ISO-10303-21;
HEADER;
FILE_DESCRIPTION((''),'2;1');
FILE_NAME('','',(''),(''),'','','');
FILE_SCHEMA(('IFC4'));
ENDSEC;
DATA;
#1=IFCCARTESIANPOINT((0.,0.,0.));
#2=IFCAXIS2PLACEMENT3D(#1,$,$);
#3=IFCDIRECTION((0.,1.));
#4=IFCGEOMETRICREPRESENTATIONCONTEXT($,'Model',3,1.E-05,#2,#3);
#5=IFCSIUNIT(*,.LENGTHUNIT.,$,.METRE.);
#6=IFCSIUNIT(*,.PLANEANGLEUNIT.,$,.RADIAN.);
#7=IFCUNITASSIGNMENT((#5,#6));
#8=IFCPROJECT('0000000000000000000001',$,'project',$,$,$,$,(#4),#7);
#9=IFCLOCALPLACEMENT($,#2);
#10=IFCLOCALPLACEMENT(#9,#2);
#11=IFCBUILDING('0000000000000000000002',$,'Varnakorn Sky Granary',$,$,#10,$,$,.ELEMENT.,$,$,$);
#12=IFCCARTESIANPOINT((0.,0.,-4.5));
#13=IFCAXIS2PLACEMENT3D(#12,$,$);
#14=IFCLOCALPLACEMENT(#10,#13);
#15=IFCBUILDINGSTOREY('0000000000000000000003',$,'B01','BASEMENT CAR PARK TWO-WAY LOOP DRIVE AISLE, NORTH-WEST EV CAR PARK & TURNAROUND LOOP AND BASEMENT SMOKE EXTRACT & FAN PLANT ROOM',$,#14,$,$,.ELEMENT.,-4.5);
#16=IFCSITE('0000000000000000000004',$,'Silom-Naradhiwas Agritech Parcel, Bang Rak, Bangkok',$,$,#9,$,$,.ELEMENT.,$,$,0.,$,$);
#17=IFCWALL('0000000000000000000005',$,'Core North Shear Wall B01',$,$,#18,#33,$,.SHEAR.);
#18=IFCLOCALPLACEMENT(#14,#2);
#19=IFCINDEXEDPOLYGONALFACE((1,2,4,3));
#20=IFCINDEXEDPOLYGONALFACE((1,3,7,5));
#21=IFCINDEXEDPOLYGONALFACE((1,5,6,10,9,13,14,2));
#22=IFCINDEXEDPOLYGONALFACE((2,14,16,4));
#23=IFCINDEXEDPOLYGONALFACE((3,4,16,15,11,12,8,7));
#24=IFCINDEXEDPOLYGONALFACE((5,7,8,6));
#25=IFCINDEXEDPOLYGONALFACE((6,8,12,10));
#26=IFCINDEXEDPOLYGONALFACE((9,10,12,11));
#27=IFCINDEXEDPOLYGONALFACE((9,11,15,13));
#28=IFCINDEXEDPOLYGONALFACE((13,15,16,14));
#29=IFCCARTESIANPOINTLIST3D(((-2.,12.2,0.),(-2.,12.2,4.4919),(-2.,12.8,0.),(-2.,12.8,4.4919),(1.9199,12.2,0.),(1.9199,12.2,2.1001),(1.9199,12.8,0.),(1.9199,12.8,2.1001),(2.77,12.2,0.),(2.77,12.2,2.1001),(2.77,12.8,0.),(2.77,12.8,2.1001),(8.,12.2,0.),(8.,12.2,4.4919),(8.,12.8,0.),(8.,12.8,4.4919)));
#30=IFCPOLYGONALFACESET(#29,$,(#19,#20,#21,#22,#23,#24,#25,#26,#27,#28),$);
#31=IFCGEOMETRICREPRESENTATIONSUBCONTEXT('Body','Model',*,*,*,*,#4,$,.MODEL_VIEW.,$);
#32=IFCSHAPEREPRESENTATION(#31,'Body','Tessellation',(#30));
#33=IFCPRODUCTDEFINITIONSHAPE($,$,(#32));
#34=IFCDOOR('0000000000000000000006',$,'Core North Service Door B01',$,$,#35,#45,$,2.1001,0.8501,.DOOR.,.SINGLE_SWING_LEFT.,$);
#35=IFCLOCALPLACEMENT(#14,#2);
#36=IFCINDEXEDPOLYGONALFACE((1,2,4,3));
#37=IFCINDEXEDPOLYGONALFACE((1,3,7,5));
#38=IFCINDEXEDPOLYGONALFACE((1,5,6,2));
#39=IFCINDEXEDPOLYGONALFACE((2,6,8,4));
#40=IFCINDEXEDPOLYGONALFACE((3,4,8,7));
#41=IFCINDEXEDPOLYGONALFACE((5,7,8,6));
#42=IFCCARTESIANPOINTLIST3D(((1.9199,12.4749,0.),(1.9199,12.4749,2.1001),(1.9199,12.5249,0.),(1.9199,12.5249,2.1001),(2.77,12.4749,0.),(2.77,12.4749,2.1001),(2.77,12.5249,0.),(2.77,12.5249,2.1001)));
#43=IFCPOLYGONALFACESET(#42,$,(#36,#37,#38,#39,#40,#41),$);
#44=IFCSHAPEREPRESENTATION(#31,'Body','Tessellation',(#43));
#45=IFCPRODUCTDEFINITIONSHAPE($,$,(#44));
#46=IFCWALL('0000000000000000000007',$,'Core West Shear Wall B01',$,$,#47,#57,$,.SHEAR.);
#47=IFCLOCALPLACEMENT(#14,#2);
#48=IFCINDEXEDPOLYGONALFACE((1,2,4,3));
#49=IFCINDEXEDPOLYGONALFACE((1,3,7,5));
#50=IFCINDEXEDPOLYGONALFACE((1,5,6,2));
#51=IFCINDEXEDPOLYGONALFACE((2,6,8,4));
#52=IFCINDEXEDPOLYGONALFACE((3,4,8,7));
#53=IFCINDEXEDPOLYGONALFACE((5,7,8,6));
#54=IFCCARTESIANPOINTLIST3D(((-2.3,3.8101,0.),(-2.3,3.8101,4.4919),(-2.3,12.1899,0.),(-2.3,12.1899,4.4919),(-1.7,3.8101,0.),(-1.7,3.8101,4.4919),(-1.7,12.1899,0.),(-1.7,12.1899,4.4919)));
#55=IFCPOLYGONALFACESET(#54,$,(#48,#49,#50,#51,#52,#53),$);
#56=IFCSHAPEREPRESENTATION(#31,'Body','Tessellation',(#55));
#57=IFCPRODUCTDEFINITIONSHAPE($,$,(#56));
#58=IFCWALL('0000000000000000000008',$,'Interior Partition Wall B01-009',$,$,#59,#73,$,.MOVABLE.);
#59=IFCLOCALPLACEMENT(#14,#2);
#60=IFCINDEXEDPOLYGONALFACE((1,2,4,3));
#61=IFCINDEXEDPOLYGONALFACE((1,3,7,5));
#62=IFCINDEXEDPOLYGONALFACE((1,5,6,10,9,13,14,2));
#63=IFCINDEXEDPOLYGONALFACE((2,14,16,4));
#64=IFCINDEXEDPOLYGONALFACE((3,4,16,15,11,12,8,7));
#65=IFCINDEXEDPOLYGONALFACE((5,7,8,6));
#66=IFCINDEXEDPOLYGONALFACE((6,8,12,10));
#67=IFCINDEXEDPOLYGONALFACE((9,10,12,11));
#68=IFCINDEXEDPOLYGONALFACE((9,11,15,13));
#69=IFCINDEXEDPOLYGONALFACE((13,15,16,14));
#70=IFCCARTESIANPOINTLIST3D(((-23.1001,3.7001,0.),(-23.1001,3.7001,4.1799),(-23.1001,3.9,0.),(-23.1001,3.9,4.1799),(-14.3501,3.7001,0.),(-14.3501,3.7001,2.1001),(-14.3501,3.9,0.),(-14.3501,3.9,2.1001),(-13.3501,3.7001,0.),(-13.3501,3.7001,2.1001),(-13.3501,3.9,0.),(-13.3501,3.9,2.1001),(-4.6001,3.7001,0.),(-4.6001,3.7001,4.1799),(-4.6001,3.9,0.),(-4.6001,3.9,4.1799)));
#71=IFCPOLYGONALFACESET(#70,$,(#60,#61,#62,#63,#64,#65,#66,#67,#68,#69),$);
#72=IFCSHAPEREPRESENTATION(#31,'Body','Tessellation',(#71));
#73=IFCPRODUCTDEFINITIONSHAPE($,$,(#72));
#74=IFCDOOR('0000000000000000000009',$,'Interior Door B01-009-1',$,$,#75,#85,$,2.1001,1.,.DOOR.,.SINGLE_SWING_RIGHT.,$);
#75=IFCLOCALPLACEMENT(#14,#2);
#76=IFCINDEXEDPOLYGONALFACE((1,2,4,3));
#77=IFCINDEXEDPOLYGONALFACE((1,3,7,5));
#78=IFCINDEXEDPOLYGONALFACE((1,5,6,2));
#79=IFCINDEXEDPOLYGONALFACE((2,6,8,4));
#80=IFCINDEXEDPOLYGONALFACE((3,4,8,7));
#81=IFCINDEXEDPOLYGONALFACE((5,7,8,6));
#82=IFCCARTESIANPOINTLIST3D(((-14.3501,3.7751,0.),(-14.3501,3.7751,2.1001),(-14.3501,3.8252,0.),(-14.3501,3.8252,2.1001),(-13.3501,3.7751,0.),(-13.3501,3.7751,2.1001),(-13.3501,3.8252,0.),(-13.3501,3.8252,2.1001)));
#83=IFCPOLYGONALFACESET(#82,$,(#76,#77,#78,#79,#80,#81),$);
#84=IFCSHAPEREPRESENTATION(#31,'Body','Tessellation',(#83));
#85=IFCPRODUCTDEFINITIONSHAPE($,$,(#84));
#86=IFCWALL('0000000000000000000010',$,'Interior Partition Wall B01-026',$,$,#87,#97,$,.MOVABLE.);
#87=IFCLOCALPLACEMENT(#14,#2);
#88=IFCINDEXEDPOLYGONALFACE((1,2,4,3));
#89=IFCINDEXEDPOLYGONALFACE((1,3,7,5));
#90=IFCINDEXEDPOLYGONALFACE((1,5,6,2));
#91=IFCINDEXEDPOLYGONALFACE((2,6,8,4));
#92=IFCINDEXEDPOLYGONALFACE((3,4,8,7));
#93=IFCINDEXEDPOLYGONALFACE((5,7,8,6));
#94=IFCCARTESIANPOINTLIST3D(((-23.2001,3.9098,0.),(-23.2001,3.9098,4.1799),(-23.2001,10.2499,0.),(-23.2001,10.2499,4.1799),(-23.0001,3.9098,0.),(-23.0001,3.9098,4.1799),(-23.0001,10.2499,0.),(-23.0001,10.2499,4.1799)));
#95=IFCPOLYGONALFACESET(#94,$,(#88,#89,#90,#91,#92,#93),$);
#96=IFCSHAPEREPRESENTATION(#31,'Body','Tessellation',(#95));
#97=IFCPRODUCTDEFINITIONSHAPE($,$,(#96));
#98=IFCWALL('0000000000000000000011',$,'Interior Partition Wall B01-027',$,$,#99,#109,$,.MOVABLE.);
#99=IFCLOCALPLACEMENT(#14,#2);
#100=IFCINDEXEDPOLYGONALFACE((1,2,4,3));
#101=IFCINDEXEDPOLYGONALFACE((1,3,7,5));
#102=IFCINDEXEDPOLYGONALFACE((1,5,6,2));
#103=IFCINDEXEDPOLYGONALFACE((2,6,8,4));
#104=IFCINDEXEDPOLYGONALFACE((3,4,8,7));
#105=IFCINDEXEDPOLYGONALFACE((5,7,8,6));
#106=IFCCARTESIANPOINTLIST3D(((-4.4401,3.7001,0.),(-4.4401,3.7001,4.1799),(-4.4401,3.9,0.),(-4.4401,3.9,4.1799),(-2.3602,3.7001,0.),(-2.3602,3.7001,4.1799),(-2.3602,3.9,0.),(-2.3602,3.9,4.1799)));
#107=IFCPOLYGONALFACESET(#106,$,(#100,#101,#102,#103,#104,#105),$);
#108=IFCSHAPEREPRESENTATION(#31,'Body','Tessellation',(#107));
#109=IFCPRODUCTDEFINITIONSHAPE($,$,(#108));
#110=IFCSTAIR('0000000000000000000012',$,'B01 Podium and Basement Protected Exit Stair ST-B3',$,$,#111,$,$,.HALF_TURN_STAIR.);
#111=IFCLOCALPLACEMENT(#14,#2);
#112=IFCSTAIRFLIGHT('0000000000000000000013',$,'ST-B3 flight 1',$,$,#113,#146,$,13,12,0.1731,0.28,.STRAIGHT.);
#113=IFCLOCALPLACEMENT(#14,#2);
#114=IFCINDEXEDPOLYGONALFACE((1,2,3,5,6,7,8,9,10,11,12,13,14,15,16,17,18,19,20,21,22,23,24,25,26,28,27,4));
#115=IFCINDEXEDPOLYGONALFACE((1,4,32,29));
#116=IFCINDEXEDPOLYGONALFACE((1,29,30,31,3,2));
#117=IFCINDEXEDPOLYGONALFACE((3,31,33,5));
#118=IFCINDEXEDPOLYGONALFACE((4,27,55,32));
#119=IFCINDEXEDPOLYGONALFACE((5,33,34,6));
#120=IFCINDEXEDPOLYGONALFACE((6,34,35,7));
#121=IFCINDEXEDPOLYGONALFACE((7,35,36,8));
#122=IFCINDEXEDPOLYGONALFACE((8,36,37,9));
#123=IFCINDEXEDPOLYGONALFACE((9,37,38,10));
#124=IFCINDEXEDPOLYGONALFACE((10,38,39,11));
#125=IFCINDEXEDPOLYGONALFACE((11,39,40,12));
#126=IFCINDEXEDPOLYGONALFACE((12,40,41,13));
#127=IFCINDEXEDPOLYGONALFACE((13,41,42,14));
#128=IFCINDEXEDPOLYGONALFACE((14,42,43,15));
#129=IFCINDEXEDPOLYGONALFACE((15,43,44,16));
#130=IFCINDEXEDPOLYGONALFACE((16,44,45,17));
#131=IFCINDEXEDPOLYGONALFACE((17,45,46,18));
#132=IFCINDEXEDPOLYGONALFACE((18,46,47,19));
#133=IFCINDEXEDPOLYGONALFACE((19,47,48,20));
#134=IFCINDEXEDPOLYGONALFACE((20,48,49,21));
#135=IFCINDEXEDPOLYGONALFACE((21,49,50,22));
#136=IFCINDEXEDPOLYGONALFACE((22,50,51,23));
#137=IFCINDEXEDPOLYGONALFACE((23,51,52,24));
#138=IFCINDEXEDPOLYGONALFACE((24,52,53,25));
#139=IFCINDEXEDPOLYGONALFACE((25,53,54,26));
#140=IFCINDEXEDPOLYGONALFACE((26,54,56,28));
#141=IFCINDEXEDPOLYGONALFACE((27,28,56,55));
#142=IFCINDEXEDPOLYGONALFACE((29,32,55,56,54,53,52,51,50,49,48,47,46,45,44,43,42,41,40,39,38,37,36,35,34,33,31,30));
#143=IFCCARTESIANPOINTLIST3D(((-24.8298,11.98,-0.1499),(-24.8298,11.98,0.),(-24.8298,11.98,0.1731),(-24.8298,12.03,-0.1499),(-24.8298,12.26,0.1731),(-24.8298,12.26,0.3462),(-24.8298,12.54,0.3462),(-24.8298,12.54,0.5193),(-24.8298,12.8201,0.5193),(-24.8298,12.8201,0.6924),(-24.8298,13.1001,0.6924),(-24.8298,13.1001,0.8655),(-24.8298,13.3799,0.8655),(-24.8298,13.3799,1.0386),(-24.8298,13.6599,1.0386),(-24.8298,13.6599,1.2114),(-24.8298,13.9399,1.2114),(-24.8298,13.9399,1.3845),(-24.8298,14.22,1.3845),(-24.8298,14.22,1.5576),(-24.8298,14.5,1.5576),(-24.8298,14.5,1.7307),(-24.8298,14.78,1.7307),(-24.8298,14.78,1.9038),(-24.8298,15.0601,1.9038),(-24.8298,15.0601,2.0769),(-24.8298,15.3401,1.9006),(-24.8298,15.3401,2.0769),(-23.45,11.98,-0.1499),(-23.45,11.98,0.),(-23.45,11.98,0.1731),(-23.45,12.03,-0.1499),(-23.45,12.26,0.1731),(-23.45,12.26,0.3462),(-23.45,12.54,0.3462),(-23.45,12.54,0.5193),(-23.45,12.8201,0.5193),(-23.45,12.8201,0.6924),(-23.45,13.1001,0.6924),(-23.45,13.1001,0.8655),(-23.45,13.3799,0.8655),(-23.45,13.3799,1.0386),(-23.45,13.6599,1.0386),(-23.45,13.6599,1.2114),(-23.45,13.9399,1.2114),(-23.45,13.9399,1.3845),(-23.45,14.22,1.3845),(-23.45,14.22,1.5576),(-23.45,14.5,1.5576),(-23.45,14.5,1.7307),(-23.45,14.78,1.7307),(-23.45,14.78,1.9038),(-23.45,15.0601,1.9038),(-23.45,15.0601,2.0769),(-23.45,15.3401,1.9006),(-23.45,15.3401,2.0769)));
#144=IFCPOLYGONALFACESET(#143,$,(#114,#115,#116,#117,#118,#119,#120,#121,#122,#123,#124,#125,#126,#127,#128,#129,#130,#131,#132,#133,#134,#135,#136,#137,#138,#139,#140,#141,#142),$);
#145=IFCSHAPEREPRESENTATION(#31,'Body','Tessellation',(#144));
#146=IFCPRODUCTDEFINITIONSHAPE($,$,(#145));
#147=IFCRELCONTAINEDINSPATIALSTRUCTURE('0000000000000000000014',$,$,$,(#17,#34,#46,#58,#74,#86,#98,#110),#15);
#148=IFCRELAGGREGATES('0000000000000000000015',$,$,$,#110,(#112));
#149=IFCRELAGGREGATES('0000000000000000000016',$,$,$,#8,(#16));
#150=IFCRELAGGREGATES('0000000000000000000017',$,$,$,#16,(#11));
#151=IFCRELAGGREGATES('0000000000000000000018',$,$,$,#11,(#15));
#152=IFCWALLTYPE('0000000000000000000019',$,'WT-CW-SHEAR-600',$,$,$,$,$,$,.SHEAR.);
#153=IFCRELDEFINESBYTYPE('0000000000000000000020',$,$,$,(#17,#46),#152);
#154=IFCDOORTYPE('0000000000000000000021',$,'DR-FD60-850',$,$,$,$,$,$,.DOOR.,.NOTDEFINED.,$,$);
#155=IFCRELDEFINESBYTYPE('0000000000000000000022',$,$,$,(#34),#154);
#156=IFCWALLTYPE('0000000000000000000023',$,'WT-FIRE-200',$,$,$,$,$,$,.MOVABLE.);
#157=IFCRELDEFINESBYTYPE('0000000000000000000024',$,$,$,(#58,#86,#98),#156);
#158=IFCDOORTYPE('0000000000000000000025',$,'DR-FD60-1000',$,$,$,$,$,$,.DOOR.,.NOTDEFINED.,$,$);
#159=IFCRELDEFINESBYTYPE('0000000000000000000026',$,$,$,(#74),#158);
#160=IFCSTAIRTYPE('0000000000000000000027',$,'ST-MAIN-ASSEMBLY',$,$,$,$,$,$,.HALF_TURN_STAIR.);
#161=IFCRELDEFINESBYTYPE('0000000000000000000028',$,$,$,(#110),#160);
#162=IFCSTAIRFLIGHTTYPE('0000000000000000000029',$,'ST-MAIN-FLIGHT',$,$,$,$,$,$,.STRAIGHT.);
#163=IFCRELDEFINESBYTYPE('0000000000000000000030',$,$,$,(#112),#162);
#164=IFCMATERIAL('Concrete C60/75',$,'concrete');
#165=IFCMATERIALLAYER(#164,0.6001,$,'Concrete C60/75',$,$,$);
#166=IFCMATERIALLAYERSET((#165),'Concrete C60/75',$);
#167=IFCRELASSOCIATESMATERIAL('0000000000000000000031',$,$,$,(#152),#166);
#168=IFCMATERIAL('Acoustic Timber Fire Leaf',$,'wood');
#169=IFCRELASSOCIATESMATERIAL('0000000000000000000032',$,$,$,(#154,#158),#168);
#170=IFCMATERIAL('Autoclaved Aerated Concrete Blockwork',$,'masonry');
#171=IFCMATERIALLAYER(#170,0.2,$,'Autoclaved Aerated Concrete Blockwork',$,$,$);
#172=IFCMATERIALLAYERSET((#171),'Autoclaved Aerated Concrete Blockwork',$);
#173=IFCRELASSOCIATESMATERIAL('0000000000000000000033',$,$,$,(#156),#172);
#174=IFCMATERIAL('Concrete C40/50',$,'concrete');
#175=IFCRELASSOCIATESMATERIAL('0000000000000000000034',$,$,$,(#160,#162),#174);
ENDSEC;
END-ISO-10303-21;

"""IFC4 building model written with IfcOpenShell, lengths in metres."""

from ifc_helpers import new_model, si_unit, direction, frame, frame_2d, origin, place, context, subcontext, project, spatial, polyline, rectangle, outline, extrude, material, layer, layer_set, type_object, element, fill, aggregate, save


model = new_model("IFC4")

# Units and contexts
model_context = context("Model", 3, precision=1e-05, world=origin(), true_north=direction((0.0, 1.0)))
body_context = subcontext(model_context, "Body", "Model", "MODEL_VIEW")
ifc_project = project(units=[si_unit("LENGTHUNIT", "METRE"), si_unit("PLANEANGLEUNIT", "RADIAN")], contexts=[model_context])

# Site, building, storey
site_placement = place(None, origin())
site = spatial("IfcSite", under=ifc_project, at=site_placement, Name="Silom-Naradhiwas Agritech Parcel, Bang Rak, Bangkok", CompositionType="ELEMENT", RefElevation=0.0)
building_placement = place(site_placement, origin())
building = spatial("IfcBuilding", under=site, at=building_placement, Name="Varnakorn Sky Granary", CompositionType="ELEMENT")
storey_placement = place(building_placement, frame((0.0, 0.0, -4.5)))
storey = spatial("IfcBuildingStorey", under=building, at=storey_placement, Name="B01", Description="BASEMENT CAR PARK TWO-WAY LOOP DRIVE AISLE, NORTH-WEST EV CAR PARK & TURNAROUND LOOP AND BASEMENT SMOKE EXTRACT & FAN PLANT ROOM", CompositionType="ELEMENT", Elevation=-4.5)

# Shared definitions
ifc_material_1 = material(Name="Concrete C60/75", Category="concrete")

# Wall, opening, door
ifc_layer_1 = layer(ifc_material_1, 0.6001, Name="Concrete C60/75")
ifc_layer_set_1 = layer_set([ifc_layer_1], Name="Concrete C60/75")
wall_type_1 = type_object("IfcWallType", Name="WT-CW-SHEAR-600", PredefinedType="SHEAR", material=ifc_layer_set_1)
wall_1_placement = place(storey_placement, frame((-2.0, 12.5, 0.0), z_axis=(0.0, 0.0, 1.0), x_axis=(1.0, 0.0, 0.0)))
wall_1 = element("IfcWall", 1, at=wall_1_placement, inside=storey, type_object=wall_type_1, Name="Core North Shear Wall B01", PredefinedType="SHEAR", context=body_context, shape_type="SweptSolid", body=[
    extrude(rectangle(XDim=10.0, YDim=0.6001, at=frame_2d((5.0, 0.0))), origin(), (0.0, 0.0, 1.0), 4.4919),
])
opening_1_placement = place(wall_1_placement, frame((3.9199, 0.0, 0.0)))
opening_1 = element("IfcOpeningElement", 2, at=opening_1_placement, cuts=wall_1, PredefinedType="OPENING", context=body_context, shape_type="SweptSolid", body=[
    extrude(rectangle(XDim=0.8501, YDim=2.1001, at=frame_2d((0.425, 1.05))), frame((0.0, 0.3101, 0.0), z_axis=(0.0, -1.0, 0.0), x_axis=(1.0, 0.0, 0.0)), (0.0, 0.0, 1.0), 0.6201),
])
ifc_material_2 = material(Name="Acoustic Timber Fire Leaf", Category="wood")
door_type_1 = type_object("IfcDoorType", Name="DR-FD60-850", OperationType="NOTDEFINED", PredefinedType="DOOR", material=ifc_material_2)
door_1_placement = place(opening_1_placement, origin())
door_1 = element("IfcDoor", 3, at=door_1_placement, inside=storey, type_object=door_type_1, Name="Core North Service Door B01", OperationType="SINGLE_SWING_LEFT", OverallHeight=2.1001, OverallWidth=0.8501, PredefinedType="DOOR", context=body_context, shape_type="SweptSolid", body=[
    extrude(rectangle(XDim=0.8501, YDim=2.1001, at=frame_2d((0.425, 1.05))), frame((0.0, 0.0249, 0.0), z_axis=(0.0, -1.0, 0.0), x_axis=(1.0, 0.0, 0.0)), (0.0, 0.0, 1.0), 0.05),
])
fill(opening_1, door_1)

# Wall
wall_2_placement = place(storey_placement, frame((-2.0, 3.8101, 0.0), z_axis=(0.0, 0.0, 1.0), x_axis=(0.0, 1.0, 0.0)))
element("IfcWall", 4, at=wall_2_placement, inside=storey, type_object=wall_type_1, Name="Core West Shear Wall B01", PredefinedType="SHEAR", context=body_context, shape_type="SweptSolid", body=[
    extrude(rectangle(XDim=8.3799, YDim=0.6001, at=frame_2d((4.1899, 0.0))), origin(), (0.0, 0.0, 1.0), 4.4919),
])

# Wall, opening, door
ifc_material_3 = material(Name="Autoclaved Aerated Concrete Blockwork", Category="masonry")
ifc_layer_2 = layer(ifc_material_3, 0.2, Name="Autoclaved Aerated Concrete Blockwork")
ifc_layer_set_2 = layer_set([ifc_layer_2], Name="Autoclaved Aerated Concrete Blockwork")
wall_type_2 = type_object("IfcWallType", Name="WT-FIRE-200", PredefinedType="MOVABLE", material=ifc_layer_set_2)
wall_3_placement = place(storey_placement, frame((-4.6001, 3.8, 0.0), z_axis=(0.0, 0.0, 1.0), x_axis=(-1.0, 0.0, 0.0)))
wall_3 = element("IfcWall", 5, at=wall_3_placement, inside=storey, type_object=wall_type_2, Name="Interior Partition Wall B01-009", PredefinedType="MOVABLE", context=body_context, shape_type="SweptSolid", body=[
    extrude(rectangle(XDim=18.5, YDim=0.2, at=frame_2d((9.25, 0.0))), origin(), (0.0, 0.0, 1.0), 4.1799),
])
opening_2_placement = place(wall_3_placement, frame((8.75, 0.0, 0.0)))
opening_2 = element("IfcOpeningElement", 6, at=opening_2_placement, cuts=wall_3, PredefinedType="OPENING", context=body_context, shape_type="SweptSolid", body=[
    extrude(rectangle(XDim=1.0, YDim=2.1001, at=frame_2d((0.5, 1.05))), frame((0.0, 0.1099, 0.0), z_axis=(0.0, -1.0, 0.0), x_axis=(1.0, 0.0, 0.0)), (0.0, 0.0, 1.0), 0.22),
])
door_type_2 = type_object("IfcDoorType", Name="DR-FD60-1000", OperationType="NOTDEFINED", PredefinedType="DOOR", material=ifc_material_2)
door_2_placement = place(opening_2_placement, origin())
door_2 = element("IfcDoor", 7, at=door_2_placement, inside=storey, type_object=door_type_2, Name="Interior Door B01-009-1", OperationType="SINGLE_SWING_RIGHT", OverallHeight=2.1001, OverallWidth=1.0, PredefinedType="DOOR", context=body_context, shape_type="SweptSolid", body=[
    extrude(rectangle(XDim=1.0, YDim=2.1001, at=frame_2d((0.5, 1.05))), frame((0.0, 0.0249, 0.0), z_axis=(0.0, -1.0, 0.0), x_axis=(1.0, 0.0, 0.0)), (0.0, 0.0, 1.0), 0.05),
])
fill(opening_2, door_2)

# Walls
wall_4_placement = place(storey_placement, frame((-23.1001, 3.9099, 0.0), z_axis=(0.0, 0.0, 1.0), x_axis=(0.0, 1.0, 0.0)))
element("IfcWall", 8, at=wall_4_placement, inside=storey, type_object=wall_type_2, Name="Interior Partition Wall B01-026", PredefinedType="MOVABLE", context=body_context, shape_type="SweptSolid", body=[
    extrude(rectangle(XDim=6.3401, YDim=0.2, at=frame_2d((3.1699, 0.0))), origin(), (0.0, 0.0, 1.0), 4.1799),
])
wall_5_placement = place(storey_placement, frame((-2.3601, 3.8, 0.0), z_axis=(0.0, 0.0, 1.0), x_axis=(-1.0, 0.0, 0.0)))
element("IfcWall", 9, at=wall_5_placement, inside=storey, type_object=wall_type_2, Name="Interior Partition Wall B01-027", PredefinedType="MOVABLE", context=body_context, shape_type="SweptSolid", body=[
    extrude(rectangle(XDim=2.0798, YDim=0.2, at=frame_2d((1.04, 0.0))), origin(), (0.0, 0.0, 1.0), 4.1799),
])

# Stair, stair flight
ifc_material_4 = material(Name="Concrete C40/50", Category="concrete")
stair_type = type_object("IfcStairType", Name="ST-MAIN-ASSEMBLY", PredefinedType="HALF_TURN_STAIR", material=ifc_material_4)
stair_placement = place(storey_placement, origin())
stair = element("IfcStair", 10, at=stair_placement, inside=storey, type_object=stair_type, Name="B01 Podium and Basement Protected Exit Stair ST-B3", PredefinedType="HALF_TURN_STAIR")
stair_flight_type = type_object("IfcStairFlightType", Name="ST-MAIN-FLIGHT", PredefinedType="STRAIGHT", material=ifc_material_4)
stair_flight_placement = place(storey_placement, frame((-24.1399, 11.98, 0.0), z_axis=(0.0, 0.0, 1.0), x_axis=(0.0, 1.0, 0.0)))
stair_flight = element("IfcStairFlight", 11, at=stair_flight_placement, type_object=stair_flight_type, Name="ST-B3 flight 1", NumberOfRisers=13, NumberOfTreads=12, PredefinedType="STRAIGHT", RiserHeight=0.1731, TreadLength=0.28, context=body_context, shape_type="SweptSolid", body=[
    extrude(outline(polyline([(0.0, -0.1499), (0.0, 0.0), (0.0, 0.1731), (0.28, 0.1731), (0.28, 0.3462), (0.5601, 0.3462), (0.5601, 0.5193), (0.8401, 0.5193), (0.8401, 0.6924), (1.1201, 0.6924), (1.1201, 0.8655), (1.3999, 0.8655), (1.3999, 1.0386), (1.6799, 1.0386), (1.6799, 1.2114), (1.96, 1.2114), (1.96, 1.3845), (2.24, 1.3845), (2.24, 1.5576), (2.52, 1.5576), (2.52, 1.7307), (2.8, 1.7307), (2.8, 1.9038), (3.0801, 1.9038), (3.0801, 2.0769), (3.3601, 2.0769), (3.3601, 2.25), (3.3601, 1.9006), (0.05, -0.1499), (0.0, -0.1499)])), frame((0.0, 0.6899, 0.0), z_axis=(0.0, -1.0, 0.0), x_axis=(1.0, 0.0, 0.0)), (0.0, 0.0, 1.0), 1.3799),
])
aggregate(stair, [stair_flight])

save(model, "model.ifc")
